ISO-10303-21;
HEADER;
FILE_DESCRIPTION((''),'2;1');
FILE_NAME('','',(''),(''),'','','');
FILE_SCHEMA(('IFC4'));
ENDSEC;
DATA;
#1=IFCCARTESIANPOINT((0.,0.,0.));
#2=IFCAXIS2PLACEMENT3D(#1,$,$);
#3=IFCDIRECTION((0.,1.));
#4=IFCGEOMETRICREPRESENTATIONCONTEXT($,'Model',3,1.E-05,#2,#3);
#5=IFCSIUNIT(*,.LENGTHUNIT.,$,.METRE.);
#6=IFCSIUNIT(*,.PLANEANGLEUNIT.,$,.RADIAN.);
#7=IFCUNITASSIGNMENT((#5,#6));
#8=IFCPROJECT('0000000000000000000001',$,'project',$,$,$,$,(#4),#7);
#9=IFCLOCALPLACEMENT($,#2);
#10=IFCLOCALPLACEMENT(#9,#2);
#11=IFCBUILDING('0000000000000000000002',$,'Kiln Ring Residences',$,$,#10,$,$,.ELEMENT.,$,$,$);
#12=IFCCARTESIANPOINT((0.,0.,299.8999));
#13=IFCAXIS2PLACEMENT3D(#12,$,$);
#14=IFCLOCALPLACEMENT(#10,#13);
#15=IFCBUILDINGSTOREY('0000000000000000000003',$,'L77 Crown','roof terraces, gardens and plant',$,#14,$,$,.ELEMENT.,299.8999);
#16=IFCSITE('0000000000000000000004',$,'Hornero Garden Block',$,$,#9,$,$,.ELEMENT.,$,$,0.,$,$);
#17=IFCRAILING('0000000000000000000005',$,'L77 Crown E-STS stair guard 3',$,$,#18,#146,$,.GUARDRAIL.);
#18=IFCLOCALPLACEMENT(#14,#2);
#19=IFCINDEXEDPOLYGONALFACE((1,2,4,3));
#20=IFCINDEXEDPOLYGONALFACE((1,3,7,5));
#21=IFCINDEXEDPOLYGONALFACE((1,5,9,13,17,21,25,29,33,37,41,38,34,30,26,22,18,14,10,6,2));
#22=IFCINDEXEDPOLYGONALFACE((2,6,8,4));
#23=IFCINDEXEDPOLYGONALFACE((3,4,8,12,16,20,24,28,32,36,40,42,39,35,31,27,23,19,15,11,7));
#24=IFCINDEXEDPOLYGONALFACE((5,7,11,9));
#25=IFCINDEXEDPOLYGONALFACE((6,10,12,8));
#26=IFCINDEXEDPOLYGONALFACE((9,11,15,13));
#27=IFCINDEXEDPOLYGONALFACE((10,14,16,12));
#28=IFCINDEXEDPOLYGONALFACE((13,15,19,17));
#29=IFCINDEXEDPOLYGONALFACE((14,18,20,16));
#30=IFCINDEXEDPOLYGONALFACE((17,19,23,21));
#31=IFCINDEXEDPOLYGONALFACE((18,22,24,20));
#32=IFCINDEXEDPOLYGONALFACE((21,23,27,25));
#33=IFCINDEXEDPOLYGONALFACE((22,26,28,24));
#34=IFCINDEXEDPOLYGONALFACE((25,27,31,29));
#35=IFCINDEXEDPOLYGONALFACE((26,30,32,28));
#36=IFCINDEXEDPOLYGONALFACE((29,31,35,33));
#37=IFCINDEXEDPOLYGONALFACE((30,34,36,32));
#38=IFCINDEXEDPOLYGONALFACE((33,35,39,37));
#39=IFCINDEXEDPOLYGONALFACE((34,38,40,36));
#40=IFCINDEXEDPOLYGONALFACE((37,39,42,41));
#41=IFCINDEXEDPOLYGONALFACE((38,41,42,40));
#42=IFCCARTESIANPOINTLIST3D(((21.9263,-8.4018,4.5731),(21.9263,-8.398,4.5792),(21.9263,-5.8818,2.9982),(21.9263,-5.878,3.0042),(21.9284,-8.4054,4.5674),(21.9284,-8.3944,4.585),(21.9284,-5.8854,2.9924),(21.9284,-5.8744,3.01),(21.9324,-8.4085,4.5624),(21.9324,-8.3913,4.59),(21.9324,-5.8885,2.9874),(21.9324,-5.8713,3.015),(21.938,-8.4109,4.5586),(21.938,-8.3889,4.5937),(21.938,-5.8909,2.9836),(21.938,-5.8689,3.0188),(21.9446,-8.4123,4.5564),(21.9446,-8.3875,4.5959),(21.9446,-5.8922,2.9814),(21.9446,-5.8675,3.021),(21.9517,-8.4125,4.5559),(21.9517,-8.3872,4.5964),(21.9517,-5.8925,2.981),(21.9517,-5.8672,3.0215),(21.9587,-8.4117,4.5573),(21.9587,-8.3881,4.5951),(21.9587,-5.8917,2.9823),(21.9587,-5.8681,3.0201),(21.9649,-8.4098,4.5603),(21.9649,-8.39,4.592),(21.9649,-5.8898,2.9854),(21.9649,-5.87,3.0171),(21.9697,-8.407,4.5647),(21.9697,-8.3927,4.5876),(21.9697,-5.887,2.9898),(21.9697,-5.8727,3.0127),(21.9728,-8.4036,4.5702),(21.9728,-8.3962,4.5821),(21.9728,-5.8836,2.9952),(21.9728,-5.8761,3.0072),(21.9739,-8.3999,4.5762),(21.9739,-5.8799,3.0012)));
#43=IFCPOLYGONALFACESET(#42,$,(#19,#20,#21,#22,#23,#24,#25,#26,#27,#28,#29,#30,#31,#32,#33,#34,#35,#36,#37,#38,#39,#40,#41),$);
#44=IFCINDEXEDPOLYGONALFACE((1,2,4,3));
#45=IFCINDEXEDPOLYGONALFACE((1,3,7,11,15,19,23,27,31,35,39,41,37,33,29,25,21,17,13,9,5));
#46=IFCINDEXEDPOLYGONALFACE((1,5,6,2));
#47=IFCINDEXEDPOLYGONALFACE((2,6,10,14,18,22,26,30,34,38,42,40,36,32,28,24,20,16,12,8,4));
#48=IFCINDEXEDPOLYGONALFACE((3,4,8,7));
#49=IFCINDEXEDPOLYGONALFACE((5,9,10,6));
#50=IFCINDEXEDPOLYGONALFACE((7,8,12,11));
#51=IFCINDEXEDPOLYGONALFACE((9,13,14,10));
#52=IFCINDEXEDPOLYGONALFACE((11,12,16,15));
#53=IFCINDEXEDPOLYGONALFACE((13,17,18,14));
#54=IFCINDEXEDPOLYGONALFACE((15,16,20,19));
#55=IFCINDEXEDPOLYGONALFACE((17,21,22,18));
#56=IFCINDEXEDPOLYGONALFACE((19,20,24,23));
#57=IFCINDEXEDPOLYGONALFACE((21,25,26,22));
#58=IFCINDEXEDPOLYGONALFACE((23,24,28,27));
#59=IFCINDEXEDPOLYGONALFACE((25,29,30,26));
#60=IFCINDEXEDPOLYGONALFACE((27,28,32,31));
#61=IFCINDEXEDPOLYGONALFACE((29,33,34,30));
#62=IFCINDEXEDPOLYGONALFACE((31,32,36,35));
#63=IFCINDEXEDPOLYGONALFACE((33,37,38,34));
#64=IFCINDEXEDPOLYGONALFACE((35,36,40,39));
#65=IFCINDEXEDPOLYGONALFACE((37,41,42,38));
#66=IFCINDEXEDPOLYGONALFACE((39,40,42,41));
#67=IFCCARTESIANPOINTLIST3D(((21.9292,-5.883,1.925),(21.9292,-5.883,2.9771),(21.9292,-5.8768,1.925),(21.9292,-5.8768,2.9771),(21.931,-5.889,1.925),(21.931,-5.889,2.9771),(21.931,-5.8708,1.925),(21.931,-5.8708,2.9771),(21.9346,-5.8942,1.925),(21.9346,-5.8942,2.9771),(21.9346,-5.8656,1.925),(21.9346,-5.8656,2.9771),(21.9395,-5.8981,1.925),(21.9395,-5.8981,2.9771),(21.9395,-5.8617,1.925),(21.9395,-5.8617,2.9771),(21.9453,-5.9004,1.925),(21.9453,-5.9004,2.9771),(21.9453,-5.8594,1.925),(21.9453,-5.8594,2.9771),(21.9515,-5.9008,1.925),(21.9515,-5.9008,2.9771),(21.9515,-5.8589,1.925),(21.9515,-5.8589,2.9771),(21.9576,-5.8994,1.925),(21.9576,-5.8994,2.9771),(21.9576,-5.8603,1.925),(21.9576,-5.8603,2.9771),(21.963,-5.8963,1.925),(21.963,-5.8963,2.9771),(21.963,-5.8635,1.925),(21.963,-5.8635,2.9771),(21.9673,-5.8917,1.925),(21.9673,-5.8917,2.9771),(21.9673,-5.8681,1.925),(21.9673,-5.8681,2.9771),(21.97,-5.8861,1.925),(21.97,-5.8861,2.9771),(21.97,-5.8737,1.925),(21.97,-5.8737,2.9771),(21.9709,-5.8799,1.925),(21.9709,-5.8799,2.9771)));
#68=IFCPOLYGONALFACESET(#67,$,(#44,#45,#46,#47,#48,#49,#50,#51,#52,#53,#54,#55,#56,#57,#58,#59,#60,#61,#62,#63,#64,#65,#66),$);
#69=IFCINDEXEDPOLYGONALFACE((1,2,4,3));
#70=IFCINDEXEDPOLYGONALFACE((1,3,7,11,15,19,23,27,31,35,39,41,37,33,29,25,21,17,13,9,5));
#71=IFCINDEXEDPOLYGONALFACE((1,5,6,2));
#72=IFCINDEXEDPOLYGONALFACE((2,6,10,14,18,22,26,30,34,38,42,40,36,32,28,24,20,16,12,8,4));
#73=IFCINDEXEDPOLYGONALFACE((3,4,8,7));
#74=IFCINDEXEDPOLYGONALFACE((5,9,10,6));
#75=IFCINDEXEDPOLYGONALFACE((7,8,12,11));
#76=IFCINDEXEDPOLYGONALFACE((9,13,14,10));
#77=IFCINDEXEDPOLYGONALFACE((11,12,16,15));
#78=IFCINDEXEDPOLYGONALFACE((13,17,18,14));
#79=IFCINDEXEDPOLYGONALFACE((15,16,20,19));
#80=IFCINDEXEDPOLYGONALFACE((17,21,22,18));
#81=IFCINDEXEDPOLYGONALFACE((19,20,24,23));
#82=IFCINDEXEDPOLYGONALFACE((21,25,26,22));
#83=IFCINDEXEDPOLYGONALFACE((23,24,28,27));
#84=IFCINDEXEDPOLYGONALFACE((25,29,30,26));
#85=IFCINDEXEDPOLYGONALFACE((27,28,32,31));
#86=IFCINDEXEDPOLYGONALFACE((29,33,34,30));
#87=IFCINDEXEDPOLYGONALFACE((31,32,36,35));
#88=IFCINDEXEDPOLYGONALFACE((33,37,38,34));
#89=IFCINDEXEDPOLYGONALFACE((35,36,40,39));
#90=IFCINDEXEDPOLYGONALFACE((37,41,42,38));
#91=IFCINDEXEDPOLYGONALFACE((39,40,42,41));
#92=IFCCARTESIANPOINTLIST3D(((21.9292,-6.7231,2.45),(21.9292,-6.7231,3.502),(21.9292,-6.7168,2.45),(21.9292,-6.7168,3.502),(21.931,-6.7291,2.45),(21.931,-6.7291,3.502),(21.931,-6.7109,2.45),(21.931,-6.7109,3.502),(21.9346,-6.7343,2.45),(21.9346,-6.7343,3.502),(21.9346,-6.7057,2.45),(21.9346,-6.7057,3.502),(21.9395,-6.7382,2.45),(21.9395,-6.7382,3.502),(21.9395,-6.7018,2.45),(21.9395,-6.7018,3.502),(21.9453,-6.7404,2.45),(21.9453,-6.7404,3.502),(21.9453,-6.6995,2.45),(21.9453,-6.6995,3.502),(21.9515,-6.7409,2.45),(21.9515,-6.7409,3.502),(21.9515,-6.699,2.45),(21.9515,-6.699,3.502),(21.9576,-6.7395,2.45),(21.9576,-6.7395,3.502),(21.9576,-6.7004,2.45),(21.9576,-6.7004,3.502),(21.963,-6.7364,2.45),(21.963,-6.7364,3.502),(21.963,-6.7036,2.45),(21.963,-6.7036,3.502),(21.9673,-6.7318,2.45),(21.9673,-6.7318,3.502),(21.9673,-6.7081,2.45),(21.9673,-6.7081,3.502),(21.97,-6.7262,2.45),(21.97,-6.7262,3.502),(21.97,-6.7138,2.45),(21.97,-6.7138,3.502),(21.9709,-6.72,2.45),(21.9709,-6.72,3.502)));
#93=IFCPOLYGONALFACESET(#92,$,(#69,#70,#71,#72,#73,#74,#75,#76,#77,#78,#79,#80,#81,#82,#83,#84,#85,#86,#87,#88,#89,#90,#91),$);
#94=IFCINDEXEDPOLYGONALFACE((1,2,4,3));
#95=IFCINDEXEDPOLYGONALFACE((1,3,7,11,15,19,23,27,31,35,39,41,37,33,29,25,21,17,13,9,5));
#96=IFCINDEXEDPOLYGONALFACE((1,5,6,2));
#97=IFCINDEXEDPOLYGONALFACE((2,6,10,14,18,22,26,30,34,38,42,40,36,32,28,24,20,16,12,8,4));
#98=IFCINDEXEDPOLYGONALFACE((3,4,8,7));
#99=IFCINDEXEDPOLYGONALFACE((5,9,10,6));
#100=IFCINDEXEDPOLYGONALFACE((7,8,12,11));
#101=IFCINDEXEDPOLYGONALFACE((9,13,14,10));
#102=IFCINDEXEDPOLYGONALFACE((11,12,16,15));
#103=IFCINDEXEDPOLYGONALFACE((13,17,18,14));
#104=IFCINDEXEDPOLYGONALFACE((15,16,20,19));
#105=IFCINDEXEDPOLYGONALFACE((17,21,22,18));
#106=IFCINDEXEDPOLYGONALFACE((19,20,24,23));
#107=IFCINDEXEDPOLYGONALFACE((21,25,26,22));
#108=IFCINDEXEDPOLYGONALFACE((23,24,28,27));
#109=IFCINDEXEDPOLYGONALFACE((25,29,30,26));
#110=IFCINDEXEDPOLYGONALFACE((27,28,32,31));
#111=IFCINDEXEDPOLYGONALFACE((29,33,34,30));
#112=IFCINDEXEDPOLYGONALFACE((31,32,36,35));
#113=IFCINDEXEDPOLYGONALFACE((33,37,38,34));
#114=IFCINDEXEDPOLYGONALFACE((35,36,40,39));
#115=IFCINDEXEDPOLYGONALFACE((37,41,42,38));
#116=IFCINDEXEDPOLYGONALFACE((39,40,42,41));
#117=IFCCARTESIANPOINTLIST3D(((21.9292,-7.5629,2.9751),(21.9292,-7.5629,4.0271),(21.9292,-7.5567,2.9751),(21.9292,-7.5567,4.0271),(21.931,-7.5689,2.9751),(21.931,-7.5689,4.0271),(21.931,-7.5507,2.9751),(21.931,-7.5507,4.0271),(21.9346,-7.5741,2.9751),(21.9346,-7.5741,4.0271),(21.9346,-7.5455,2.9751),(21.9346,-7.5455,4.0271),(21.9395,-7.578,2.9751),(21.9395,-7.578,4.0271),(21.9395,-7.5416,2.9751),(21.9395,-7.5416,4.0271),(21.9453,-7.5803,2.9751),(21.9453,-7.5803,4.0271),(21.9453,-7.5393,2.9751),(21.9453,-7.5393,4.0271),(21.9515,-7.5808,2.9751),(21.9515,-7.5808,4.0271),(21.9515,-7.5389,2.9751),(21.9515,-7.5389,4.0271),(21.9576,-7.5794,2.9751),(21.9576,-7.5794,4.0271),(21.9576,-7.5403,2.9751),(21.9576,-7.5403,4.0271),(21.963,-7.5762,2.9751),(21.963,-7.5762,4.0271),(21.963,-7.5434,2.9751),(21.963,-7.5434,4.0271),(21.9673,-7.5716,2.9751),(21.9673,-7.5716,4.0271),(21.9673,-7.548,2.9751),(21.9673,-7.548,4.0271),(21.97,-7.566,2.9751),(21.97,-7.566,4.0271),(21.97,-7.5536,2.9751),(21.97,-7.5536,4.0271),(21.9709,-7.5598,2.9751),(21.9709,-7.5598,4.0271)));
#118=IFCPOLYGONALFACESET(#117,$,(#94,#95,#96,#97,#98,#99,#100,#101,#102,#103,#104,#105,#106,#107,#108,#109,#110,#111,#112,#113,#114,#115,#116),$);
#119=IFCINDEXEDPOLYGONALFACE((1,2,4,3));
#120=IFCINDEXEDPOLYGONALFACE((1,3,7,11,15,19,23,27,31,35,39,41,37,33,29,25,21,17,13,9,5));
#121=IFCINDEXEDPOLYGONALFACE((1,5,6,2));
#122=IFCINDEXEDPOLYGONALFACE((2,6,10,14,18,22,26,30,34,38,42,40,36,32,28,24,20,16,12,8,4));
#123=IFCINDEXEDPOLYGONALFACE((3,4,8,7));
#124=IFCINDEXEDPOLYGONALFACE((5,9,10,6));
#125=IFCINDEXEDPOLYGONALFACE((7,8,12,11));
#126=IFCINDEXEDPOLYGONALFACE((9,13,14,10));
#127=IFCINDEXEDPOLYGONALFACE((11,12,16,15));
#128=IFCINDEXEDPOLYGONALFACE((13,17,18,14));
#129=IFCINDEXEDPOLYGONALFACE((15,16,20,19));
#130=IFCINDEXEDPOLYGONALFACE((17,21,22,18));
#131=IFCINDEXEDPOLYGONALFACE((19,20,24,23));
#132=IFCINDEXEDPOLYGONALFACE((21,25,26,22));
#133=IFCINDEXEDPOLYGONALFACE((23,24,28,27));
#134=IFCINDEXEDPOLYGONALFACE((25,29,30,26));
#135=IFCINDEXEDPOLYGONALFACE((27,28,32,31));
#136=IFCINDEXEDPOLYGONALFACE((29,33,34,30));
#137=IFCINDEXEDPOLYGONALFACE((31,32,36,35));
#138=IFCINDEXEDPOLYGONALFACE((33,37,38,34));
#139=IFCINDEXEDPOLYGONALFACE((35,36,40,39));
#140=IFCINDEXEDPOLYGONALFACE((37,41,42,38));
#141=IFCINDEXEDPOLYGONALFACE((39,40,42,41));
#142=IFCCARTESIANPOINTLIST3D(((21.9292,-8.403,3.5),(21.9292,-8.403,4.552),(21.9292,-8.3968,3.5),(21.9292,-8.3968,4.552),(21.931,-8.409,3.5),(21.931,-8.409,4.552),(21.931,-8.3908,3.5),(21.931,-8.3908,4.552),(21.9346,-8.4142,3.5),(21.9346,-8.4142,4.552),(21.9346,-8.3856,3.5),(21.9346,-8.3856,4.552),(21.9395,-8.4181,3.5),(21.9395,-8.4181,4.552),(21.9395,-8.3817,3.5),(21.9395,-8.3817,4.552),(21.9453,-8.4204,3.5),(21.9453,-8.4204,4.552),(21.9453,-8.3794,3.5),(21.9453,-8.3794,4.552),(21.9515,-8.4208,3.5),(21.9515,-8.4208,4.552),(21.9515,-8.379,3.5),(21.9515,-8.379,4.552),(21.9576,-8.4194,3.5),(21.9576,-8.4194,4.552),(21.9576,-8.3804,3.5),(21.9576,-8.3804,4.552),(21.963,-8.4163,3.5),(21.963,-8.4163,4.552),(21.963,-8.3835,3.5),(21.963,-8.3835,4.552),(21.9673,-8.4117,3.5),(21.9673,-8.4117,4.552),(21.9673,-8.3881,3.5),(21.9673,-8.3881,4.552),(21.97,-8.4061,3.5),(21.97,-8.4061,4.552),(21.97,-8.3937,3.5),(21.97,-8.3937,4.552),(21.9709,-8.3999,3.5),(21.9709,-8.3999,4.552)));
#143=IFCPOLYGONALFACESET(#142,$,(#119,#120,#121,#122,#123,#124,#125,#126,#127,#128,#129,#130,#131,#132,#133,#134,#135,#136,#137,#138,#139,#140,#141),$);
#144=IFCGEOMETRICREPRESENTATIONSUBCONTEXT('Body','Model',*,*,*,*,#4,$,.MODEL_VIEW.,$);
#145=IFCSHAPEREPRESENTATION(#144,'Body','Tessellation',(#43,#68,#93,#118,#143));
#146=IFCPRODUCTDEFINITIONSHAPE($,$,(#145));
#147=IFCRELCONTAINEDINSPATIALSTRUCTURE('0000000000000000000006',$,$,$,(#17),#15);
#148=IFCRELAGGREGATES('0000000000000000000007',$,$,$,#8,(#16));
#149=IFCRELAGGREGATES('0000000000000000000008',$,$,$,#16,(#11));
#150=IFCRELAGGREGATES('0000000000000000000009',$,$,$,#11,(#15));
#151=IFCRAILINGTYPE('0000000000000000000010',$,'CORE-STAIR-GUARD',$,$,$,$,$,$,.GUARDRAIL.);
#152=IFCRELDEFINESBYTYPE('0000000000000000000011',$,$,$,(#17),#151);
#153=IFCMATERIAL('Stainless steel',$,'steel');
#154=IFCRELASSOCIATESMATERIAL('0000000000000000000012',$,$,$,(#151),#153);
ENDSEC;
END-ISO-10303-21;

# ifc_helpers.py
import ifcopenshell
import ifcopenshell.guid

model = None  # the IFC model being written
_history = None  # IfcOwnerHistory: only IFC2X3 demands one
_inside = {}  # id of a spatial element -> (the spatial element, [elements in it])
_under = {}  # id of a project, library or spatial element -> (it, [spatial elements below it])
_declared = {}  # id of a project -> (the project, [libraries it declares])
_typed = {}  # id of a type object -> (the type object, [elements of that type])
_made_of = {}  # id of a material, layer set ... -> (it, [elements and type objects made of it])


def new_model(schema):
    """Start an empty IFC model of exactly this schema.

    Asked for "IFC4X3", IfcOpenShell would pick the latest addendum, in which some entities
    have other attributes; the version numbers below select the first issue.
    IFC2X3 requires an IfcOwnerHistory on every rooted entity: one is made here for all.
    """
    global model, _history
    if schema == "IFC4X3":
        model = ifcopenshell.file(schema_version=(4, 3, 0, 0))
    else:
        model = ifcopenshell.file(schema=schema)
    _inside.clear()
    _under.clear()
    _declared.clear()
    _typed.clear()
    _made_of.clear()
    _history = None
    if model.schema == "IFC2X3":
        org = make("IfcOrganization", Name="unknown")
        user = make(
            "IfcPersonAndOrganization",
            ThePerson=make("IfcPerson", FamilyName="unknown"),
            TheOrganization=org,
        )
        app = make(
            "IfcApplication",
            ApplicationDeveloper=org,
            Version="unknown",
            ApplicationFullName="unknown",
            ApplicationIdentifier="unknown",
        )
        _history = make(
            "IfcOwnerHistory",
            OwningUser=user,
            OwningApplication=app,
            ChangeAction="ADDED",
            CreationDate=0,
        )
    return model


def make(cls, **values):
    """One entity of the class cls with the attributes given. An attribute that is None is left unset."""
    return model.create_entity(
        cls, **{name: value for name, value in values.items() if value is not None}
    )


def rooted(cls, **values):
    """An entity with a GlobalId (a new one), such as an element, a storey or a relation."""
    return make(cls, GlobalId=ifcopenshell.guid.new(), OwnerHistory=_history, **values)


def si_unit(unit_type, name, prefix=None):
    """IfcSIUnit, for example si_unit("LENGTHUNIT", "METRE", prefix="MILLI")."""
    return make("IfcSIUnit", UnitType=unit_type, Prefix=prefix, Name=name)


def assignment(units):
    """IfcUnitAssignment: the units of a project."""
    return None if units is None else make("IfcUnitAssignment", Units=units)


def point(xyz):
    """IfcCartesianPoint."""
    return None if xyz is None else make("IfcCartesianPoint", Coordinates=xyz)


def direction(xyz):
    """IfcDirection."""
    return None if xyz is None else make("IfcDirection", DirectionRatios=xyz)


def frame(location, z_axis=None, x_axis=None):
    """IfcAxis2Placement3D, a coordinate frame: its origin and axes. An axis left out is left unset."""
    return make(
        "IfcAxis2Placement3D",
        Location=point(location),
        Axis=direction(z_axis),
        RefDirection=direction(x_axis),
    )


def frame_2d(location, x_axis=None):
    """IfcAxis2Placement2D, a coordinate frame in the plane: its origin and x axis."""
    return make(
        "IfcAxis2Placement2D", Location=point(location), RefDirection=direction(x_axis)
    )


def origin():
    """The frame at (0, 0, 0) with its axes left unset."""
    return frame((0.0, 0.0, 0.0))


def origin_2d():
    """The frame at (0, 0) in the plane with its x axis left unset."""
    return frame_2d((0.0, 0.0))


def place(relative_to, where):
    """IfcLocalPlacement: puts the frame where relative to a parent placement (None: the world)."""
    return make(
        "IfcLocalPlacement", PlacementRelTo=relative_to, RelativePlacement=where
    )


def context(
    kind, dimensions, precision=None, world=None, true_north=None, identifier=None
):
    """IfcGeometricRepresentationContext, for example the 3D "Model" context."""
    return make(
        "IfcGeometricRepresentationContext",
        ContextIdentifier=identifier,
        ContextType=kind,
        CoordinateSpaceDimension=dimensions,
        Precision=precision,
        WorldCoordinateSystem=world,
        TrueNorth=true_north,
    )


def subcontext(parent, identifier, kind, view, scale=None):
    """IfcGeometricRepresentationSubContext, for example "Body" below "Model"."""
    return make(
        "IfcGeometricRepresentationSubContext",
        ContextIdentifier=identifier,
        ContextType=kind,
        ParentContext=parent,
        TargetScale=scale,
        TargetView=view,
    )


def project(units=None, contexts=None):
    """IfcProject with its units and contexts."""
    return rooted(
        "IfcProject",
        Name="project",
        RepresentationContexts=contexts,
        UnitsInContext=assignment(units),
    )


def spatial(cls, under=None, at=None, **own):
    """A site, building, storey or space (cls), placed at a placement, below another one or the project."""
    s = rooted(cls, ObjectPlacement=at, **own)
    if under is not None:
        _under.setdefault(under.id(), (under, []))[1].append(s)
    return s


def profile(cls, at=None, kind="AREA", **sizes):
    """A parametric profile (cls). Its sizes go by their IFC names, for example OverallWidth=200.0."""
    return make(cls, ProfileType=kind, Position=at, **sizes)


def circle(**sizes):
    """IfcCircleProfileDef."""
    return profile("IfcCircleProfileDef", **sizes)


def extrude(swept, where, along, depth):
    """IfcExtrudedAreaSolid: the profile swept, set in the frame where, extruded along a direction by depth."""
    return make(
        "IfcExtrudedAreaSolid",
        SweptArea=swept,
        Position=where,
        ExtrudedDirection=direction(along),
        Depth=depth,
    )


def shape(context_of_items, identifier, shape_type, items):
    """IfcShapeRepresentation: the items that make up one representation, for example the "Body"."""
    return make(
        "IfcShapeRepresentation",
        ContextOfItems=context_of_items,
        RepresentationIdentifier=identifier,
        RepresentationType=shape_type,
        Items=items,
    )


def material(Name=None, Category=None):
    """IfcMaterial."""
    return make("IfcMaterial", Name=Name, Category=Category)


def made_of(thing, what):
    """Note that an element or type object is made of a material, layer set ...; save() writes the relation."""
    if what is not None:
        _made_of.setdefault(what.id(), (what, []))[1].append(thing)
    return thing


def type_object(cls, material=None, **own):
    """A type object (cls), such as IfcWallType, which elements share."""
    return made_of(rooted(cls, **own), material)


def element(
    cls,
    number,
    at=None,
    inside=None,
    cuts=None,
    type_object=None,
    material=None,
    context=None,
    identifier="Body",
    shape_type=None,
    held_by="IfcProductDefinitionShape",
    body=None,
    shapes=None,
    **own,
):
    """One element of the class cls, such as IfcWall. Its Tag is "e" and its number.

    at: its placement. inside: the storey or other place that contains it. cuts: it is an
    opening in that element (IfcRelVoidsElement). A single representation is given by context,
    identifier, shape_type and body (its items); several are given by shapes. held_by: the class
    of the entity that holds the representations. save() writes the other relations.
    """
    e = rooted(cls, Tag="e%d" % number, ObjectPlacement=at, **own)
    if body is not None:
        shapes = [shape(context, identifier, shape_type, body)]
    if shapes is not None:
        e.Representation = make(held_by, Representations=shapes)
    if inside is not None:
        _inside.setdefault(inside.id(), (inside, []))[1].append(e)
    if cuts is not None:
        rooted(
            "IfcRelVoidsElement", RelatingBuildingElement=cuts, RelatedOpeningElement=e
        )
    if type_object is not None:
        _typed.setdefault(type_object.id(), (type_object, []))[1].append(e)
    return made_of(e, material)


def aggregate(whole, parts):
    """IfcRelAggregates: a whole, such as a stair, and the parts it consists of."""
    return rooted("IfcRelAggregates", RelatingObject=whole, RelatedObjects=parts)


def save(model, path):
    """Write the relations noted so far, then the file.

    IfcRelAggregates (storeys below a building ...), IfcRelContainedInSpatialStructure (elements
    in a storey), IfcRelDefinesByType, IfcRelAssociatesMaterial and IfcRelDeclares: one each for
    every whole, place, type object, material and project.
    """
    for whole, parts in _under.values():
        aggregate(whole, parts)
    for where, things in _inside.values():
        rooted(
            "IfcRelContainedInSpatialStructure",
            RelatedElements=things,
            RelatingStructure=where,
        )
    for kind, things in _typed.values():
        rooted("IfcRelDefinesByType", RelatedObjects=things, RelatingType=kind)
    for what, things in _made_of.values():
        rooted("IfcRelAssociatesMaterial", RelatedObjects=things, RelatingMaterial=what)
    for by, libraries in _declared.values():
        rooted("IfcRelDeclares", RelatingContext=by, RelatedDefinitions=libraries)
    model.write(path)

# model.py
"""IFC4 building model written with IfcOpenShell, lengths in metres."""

from ifc_helpers import new_model, si_unit, direction, frame, origin, origin_2d, place, context, subcontext, project, spatial, circle, extrude, material, type_object, element, save


model = new_model("IFC4")

# Units and contexts
model_context = context("Model", 3, precision=1e-05, world=origin(), true_north=direction((0.0, 1.0)))
body_context = subcontext(model_context, "Body", "Model", "MODEL_VIEW")
ifc_project = project(units=[si_unit("LENGTHUNIT", "METRE"), si_unit("PLANEANGLEUNIT", "RADIAN")], contexts=[model_context])

# Site, building, storey
site_placement = place(None, origin())
site = spatial("IfcSite", under=ifc_project, at=site_placement, Name="Hornero Garden Block", CompositionType="ELEMENT", RefElevation=0.0)
building_placement = place(site_placement, origin())
building = spatial("IfcBuilding", under=site, at=building_placement, Name="Kiln Ring Residences", CompositionType="ELEMENT")
storey_placement = place(building_placement, frame((0.0, 0.0, 299.8999)))
storey = spatial("IfcBuildingStorey", under=building, at=storey_placement, Name="L77 Crown", Description="roof terraces, gardens and plant", CompositionType="ELEMENT", Elevation=299.8999)

# Railing
ifc_material_1 = material(Name="Stainless steel", Category="steel")
railing_type_1 = type_object("IfcRailingType", Name="CORE-STAIR-GUARD", PredefinedType="GUARDRAIL", material=ifc_material_1)
railing_1_placement = place(storey_placement, frame((21.95, -5.8799, 1.925)))
element("IfcRailing", 1, at=railing_1_placement, inside=storey, type_object=railing_type_1, Name="L77 Crown E-STS stair guard 3", PredefinedType="GUARDRAIL", context=body_context, shape_type="SweptSolid", body=[
    extrude(circle(Radius=0.0239, at=origin_2d()), frame((0.0, 0.0, 1.0762), z_axis=(0.0, -0.848008, 0.529984), x_axis=(1.0, 0.0, 0.0)), (0.0, 0.0, 1.0), 2.9717),
    extrude(circle(Radius=0.021, at=origin_2d()), origin(), (0.0, 0.0, 1.0), 1.052),
    extrude(circle(Radius=0.021, at=origin_2d()), frame((0.0, -0.8401, 0.5249)), (0.0, 0.0, 1.0), 1.052),
    extrude(circle(Radius=0.021, at=origin_2d()), frame((0.0, -1.6799, 1.05)), (0.0, 0.0, 1.0), 1.052),
    extrude(circle(Radius=0.021, at=origin_2d()), frame((0.0, -2.52, 1.575)), (0.0, 0.0, 1.0), 1.052),
])

save(model, "model.ifc")
